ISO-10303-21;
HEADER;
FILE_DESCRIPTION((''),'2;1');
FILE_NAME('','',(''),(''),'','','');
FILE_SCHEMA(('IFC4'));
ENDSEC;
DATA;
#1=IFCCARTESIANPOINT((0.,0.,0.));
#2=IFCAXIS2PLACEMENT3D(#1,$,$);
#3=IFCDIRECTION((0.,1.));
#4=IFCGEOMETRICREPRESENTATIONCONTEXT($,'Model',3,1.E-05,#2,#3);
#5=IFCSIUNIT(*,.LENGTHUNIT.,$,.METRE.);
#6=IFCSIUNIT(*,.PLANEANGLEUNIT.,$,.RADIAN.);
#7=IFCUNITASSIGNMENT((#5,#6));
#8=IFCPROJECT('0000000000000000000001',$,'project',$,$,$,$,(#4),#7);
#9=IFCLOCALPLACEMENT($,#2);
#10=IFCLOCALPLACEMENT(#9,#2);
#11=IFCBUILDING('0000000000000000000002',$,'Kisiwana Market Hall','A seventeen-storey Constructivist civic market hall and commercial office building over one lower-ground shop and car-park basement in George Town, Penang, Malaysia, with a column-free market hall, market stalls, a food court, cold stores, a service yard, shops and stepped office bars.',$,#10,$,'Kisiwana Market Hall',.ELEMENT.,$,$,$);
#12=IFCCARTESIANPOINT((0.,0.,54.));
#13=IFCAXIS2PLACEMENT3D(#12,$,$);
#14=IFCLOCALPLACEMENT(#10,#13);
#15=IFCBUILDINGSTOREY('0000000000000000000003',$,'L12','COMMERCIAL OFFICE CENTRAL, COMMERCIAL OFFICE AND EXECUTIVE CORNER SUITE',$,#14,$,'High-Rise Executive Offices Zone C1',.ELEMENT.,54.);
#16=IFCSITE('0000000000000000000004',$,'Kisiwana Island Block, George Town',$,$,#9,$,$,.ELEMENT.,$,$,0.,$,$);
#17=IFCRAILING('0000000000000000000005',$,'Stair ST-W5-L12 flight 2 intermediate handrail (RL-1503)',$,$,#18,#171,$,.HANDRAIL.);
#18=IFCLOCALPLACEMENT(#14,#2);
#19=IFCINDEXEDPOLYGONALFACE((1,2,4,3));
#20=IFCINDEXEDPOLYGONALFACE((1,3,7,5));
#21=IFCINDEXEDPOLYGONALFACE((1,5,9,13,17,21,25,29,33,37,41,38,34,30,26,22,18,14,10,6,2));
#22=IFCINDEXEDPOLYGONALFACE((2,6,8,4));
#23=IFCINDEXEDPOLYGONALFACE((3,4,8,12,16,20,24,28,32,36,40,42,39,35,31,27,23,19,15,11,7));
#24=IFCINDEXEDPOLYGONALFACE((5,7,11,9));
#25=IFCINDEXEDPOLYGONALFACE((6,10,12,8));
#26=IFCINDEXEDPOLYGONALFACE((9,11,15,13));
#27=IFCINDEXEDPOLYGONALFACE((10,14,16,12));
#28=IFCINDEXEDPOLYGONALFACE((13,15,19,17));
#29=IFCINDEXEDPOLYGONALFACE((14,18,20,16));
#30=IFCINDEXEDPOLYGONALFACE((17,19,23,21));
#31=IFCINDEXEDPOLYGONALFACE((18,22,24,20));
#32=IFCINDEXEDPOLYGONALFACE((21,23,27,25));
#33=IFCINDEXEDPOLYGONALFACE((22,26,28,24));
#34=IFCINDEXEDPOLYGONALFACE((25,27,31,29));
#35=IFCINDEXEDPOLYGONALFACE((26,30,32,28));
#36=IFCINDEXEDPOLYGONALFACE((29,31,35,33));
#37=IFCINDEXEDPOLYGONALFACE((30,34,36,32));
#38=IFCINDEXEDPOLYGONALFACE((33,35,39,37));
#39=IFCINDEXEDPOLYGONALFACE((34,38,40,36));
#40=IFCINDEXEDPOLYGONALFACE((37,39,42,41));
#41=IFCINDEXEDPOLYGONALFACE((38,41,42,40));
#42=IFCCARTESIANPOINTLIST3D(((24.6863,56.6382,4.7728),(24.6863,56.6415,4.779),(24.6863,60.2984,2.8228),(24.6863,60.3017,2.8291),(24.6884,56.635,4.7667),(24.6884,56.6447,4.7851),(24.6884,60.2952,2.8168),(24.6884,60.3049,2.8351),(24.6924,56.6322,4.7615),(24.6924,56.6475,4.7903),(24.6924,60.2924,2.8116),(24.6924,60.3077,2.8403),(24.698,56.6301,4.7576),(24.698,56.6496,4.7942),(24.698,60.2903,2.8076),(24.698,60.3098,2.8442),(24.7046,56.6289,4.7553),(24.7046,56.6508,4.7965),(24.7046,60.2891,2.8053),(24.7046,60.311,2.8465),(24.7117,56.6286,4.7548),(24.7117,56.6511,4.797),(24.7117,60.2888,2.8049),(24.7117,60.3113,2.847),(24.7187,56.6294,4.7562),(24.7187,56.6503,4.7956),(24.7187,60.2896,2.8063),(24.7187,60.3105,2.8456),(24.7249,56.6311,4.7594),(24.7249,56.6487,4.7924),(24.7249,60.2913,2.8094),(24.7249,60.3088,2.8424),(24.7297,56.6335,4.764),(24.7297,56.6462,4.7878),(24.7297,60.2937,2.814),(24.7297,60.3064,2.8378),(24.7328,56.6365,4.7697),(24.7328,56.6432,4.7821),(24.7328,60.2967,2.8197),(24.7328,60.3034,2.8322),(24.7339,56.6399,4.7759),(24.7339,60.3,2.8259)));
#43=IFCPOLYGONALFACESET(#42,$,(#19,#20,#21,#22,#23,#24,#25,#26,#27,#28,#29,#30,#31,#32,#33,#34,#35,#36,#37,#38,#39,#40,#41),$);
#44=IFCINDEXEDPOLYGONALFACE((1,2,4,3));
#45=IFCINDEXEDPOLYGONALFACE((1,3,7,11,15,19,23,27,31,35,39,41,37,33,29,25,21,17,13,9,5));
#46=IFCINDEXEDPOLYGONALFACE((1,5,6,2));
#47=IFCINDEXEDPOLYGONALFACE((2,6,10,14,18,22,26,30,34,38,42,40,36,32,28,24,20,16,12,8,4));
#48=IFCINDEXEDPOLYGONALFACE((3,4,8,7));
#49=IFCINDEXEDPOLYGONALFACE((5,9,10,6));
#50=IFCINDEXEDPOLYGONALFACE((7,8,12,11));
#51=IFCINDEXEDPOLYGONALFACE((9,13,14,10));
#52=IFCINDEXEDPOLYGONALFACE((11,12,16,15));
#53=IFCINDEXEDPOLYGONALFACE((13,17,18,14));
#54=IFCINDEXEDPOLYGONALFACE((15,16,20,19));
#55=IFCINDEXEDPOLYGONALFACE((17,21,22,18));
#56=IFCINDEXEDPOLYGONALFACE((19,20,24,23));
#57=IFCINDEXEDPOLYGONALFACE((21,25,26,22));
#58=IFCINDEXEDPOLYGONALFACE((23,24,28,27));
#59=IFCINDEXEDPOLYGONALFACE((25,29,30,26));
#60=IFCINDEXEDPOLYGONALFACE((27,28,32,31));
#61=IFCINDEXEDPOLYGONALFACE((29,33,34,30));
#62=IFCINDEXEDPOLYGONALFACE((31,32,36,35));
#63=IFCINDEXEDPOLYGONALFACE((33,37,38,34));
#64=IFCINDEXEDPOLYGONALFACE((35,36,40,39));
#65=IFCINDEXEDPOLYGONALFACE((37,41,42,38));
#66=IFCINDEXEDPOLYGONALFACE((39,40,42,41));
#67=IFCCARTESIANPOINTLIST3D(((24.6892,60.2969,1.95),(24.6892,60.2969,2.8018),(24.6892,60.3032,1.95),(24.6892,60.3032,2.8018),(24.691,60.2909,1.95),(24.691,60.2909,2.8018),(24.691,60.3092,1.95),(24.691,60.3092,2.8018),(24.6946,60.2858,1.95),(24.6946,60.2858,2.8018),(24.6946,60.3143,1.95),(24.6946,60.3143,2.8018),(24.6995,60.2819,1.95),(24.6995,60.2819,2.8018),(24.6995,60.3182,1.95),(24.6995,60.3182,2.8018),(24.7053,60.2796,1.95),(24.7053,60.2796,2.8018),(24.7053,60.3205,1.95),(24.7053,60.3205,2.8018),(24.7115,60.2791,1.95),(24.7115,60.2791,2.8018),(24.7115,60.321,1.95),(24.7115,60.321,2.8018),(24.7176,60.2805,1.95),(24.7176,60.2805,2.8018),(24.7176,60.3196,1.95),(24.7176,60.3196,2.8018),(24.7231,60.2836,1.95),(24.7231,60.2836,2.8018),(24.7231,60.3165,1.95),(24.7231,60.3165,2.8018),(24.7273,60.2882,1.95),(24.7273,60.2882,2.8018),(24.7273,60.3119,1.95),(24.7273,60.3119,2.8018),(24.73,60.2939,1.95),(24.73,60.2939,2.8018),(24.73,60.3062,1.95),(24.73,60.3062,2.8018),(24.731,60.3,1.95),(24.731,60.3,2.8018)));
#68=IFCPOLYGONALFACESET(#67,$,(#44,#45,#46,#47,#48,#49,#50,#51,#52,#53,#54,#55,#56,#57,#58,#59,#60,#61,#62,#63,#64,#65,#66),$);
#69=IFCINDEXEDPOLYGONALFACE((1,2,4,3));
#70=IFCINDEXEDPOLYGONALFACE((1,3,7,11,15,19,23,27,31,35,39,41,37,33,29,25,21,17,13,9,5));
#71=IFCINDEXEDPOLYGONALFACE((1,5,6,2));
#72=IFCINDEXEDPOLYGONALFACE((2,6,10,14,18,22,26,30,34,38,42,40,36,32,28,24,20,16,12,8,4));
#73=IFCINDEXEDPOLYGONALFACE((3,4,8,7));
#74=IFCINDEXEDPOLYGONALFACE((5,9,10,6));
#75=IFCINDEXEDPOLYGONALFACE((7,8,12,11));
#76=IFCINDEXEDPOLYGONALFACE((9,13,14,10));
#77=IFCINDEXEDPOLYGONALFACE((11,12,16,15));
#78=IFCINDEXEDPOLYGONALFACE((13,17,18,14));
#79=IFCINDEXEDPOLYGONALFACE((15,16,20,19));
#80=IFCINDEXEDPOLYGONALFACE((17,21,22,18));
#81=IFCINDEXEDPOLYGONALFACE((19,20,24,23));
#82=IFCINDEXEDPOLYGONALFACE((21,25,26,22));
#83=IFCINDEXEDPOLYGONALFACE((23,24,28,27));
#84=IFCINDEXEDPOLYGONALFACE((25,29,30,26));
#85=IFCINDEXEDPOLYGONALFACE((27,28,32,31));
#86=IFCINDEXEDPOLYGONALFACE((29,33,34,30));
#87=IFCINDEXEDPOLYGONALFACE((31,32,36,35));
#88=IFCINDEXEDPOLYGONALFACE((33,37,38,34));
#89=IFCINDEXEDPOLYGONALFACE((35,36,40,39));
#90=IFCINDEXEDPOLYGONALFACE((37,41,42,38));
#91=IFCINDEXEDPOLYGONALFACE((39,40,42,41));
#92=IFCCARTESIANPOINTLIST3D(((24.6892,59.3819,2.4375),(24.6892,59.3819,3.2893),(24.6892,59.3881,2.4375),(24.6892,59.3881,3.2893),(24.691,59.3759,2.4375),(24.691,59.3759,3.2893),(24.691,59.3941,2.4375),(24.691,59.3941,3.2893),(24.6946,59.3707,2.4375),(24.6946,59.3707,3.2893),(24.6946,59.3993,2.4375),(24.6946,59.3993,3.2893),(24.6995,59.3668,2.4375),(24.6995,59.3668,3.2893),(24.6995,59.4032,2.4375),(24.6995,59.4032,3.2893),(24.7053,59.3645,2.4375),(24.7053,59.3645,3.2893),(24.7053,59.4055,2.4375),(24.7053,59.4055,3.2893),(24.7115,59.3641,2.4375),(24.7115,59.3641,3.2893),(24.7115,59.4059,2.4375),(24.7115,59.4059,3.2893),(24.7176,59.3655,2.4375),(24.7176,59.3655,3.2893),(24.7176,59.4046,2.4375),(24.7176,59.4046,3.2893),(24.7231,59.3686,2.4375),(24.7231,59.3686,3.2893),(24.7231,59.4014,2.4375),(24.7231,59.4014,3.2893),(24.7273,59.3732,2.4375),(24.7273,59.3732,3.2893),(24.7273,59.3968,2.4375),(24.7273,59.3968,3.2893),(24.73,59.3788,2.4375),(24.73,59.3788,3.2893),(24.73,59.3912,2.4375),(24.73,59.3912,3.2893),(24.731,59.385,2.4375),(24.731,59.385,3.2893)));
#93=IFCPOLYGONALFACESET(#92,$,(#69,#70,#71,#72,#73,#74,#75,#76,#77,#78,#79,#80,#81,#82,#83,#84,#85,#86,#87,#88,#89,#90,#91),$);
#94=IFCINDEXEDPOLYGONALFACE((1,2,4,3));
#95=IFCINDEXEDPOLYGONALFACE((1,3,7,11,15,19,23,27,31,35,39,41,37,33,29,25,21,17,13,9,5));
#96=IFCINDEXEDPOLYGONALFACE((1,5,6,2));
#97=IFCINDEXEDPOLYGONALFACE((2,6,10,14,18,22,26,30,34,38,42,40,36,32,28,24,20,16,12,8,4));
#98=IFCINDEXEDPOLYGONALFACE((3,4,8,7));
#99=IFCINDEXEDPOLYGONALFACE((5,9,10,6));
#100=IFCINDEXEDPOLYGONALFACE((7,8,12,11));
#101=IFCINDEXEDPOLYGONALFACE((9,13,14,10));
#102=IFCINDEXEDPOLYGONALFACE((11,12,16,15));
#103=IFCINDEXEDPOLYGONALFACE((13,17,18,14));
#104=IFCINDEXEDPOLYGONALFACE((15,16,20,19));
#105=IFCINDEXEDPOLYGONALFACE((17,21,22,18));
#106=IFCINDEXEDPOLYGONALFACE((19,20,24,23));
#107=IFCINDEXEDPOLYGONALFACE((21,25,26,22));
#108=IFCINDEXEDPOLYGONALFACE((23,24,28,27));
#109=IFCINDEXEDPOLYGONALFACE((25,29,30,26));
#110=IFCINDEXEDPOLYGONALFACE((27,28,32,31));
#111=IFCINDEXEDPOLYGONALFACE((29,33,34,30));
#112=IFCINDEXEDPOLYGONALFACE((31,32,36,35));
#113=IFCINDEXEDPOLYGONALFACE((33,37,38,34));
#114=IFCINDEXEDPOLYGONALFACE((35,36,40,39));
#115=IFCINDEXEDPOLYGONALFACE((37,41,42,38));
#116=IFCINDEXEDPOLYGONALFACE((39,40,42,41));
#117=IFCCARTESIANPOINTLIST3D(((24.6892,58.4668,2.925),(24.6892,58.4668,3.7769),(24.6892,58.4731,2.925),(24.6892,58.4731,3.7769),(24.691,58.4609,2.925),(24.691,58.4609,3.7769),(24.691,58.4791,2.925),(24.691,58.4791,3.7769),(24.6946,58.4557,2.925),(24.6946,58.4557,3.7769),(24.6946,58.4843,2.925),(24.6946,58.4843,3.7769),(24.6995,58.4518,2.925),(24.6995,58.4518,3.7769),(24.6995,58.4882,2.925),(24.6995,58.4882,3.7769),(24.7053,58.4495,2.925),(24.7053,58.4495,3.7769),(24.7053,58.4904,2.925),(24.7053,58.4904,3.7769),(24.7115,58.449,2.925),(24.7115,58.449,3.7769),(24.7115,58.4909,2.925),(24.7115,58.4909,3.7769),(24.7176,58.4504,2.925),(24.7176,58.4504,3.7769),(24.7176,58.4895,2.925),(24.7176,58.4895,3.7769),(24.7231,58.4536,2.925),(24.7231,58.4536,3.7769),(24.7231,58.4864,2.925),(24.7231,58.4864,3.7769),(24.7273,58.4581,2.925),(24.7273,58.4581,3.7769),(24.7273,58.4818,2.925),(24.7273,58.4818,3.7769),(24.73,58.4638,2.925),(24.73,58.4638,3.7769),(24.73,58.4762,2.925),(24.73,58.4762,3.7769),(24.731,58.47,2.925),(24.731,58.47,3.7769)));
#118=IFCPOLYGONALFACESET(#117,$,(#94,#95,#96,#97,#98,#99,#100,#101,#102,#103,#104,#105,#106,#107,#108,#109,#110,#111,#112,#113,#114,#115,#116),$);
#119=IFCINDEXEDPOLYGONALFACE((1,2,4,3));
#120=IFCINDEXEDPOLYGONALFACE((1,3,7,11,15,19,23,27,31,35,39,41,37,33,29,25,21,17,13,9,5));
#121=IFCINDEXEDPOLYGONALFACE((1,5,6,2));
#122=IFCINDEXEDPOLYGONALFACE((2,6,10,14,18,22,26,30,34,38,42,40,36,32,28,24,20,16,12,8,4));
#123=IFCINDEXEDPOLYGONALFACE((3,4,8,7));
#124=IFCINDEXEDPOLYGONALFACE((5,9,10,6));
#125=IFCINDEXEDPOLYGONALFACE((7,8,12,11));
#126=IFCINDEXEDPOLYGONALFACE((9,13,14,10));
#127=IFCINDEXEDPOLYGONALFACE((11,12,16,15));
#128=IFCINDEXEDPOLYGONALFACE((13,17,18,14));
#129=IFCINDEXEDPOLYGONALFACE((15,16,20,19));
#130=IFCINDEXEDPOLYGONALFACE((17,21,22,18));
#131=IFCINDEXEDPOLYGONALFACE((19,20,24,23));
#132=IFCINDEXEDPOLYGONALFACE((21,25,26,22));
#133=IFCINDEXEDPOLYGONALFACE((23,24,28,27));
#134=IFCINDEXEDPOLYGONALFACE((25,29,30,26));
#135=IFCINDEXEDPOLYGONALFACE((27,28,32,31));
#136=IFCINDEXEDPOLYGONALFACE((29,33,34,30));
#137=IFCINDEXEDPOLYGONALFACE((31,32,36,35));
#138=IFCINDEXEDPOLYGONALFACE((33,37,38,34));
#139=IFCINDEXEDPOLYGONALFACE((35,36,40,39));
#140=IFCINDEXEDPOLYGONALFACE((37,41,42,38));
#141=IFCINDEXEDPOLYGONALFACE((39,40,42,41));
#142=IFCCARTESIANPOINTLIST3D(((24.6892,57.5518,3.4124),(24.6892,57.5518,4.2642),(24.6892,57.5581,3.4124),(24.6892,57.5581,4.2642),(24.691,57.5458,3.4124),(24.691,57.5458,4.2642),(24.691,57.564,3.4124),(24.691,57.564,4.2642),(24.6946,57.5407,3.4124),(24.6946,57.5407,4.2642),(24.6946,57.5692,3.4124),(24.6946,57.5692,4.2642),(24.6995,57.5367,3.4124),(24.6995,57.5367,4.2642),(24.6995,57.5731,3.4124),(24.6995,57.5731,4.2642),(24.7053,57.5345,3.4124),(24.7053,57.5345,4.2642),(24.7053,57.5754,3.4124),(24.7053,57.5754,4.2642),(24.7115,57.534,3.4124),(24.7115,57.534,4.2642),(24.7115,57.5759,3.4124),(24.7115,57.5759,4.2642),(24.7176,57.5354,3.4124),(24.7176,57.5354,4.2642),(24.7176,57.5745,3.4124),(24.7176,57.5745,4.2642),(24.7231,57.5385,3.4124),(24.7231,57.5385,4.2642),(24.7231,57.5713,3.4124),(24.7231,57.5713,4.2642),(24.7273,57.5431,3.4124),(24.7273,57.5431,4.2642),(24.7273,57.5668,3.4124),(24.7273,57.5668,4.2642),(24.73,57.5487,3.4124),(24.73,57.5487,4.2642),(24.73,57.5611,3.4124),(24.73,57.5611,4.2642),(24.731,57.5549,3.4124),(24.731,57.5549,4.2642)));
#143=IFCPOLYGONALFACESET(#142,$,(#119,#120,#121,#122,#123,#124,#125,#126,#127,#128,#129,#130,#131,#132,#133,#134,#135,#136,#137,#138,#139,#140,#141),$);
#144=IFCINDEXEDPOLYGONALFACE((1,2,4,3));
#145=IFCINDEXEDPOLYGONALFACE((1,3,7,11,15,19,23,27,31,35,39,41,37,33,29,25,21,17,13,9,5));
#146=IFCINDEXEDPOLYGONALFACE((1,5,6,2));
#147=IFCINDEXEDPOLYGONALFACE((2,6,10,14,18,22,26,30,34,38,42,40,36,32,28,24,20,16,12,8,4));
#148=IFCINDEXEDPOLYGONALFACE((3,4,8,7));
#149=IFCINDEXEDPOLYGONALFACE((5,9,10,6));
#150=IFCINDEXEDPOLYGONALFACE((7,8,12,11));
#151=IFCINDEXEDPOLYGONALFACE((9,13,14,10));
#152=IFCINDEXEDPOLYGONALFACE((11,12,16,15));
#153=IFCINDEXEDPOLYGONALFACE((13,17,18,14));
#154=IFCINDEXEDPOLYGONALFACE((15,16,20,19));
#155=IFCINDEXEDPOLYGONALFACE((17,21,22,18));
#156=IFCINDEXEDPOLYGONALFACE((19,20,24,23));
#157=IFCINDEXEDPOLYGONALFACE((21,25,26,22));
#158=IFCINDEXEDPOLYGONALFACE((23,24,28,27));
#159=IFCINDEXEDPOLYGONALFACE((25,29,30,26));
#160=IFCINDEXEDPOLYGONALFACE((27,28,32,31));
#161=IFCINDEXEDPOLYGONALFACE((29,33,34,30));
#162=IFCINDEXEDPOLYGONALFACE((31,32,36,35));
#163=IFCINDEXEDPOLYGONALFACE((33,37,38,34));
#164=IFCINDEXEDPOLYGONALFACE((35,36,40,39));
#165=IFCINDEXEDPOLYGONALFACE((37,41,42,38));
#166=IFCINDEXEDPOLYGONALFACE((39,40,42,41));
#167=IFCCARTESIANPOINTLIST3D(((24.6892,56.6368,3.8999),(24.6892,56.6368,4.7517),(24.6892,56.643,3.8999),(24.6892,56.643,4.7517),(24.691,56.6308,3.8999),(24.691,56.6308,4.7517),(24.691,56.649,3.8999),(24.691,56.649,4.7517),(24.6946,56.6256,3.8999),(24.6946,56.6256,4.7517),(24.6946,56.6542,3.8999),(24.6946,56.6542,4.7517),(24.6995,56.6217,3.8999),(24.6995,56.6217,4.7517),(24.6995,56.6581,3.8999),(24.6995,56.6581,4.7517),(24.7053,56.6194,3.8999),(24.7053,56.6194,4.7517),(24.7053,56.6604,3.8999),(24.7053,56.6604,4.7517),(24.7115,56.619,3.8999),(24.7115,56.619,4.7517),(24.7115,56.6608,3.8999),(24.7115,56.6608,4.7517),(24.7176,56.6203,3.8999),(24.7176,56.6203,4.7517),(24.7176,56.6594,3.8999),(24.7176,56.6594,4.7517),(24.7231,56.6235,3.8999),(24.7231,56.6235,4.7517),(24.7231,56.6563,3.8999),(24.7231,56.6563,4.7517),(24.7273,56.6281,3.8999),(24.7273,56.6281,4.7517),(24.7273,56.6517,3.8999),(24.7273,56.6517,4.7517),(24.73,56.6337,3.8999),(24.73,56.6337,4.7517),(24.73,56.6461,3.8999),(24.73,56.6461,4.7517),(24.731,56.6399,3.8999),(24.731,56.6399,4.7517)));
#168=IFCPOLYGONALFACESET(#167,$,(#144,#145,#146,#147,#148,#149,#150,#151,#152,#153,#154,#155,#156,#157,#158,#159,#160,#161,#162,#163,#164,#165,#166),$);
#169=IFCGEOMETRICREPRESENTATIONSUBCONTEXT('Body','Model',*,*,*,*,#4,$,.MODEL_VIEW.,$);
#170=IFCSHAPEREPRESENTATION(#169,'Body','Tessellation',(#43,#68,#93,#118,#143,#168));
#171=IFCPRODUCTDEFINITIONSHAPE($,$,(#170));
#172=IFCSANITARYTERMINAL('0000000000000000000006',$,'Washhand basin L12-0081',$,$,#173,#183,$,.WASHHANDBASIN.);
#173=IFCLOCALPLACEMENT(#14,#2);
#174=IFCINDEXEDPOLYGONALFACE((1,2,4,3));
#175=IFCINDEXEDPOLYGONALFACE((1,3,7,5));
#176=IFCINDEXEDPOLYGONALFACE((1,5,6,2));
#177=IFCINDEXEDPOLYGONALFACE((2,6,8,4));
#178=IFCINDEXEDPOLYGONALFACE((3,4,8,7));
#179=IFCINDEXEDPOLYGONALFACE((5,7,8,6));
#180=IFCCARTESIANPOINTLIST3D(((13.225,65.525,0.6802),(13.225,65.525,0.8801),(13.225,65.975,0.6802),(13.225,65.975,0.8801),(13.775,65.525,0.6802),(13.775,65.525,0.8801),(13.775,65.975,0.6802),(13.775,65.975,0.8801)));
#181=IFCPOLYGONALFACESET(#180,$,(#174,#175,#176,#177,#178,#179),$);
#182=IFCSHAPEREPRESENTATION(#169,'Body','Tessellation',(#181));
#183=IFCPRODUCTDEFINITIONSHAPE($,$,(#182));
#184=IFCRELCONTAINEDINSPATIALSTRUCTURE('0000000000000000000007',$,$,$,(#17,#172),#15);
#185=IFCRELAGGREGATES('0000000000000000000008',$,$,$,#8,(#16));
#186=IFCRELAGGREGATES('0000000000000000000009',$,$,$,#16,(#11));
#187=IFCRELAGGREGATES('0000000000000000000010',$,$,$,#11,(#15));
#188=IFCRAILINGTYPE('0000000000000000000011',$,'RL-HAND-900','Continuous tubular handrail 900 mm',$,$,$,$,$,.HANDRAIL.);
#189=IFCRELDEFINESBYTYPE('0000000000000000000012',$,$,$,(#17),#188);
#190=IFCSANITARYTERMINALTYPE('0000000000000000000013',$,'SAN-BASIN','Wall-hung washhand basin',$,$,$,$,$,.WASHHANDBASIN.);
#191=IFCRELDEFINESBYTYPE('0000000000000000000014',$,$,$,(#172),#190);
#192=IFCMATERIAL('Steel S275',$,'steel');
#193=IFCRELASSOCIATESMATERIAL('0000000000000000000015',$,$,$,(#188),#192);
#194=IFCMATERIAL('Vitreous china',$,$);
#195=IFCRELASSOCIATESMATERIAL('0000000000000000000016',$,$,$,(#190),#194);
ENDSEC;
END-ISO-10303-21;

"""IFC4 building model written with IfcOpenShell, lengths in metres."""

from ifc_helpers import new_model, si_unit, direction, frame, origin, origin_2d, place, context, subcontext, project, spatial, rectangle, circle, extrude, material, type_object, element, save


model = new_model("IFC4")

# Units and contexts
model_context = context("Model", 3, precision=1e-05, world=origin(), true_north=direction((0.0, 1.0)))
body_context = subcontext(model_context, "Body", "Model", "MODEL_VIEW")
ifc_project = project(units=[si_unit("LENGTHUNIT", "METRE"), si_unit("PLANEANGLEUNIT", "RADIAN")], contexts=[model_context])

# Site, building, storey
site_placement = place(None, origin())
site = spatial("IfcSite", under=ifc_project, at=site_placement, Name="Kisiwana Island Block, George Town", CompositionType="ELEMENT", RefElevation=0.0)
building_placement = place(site_placement, origin())
building = spatial("IfcBuilding", under=site, at=building_placement, Name="Kisiwana Market Hall", Description="A seventeen-storey Constructivist civic market hall and commercial office building over one lower-ground shop and car-park basement in George Town, Penang, Malaysia, with a column-free market hall, market stalls, a food court, cold stores, a service yard, shops and stepped office bars.", LongName="Kisiwana Market Hall", CompositionType="ELEMENT")
storey_placement = place(building_placement, frame((0.0, 0.0, 54.0)))
storey = spatial("IfcBuildingStorey", under=building, at=storey_placement, Name="L12", Description="COMMERCIAL OFFICE CENTRAL, COMMERCIAL OFFICE AND EXECUTIVE CORNER SUITE", LongName="High-Rise Executive Offices Zone C1", CompositionType="ELEMENT", Elevation=54.0)

# Railing
ifc_material_1 = material(Name="Steel S275", Category="steel")
railing_type_1 = type_object("IfcRailingType", Name="RL-HAND-900", Description="Continuous tubular handrail 900 mm", PredefinedType="HANDRAIL", material=ifc_material_1)
railing_1_placement = place(storey_placement, frame((24.71, 60.3, 1.95)))
element("IfcRailing", 1, at=railing_1_placement, inside=storey, type_object=railing_type_1, Name="Stair ST-W5-L12 flight 2 intermediate handrail (RL-1503)", PredefinedType="HANDRAIL", context=body_context, shape_type="SweptSolid", body=[
    extrude(circle(Radius=0.0239, at=origin_2d()), frame((0.0, 0.0, 0.876), z_axis=(0.0, -0.882566, 0.470188), x_axis=(1.0, 0.0, 0.0)), (0.0, 0.0, 1.0), 4.1472),
    extrude(circle(Radius=0.021, at=origin_2d()), origin(), (0.0, 0.0, 1.0), 0.8518),
    extrude(circle(Radius=0.021, at=origin_2d()), frame((0.0, -0.915, 0.4875)), (0.0, 0.0, 1.0), 0.8518),
    extrude(circle(Radius=0.021, at=origin_2d()), frame((0.0, -1.8301, 0.9751)), (0.0, 0.0, 1.0), 0.8518),
    extrude(circle(Radius=0.021, at=origin_2d()), frame((0.0, -2.7451, 1.4624)), (0.0, 0.0, 1.0), 0.8518),
    extrude(circle(Radius=0.021, at=origin_2d()), frame((0.0, -3.6602, 1.95)), (0.0, 0.0, 1.0), 0.8518),
])

# Sanitary terminal
ifc_material_2 = material(Name="Vitreous china")
sanitary_terminal_type = type_object("IfcSanitaryTerminalType", Name="SAN-BASIN", Description="Wall-hung washhand basin", PredefinedType="WASHHANDBASIN", material=ifc_material_2)
sanitary_terminal_placement = place(storey_placement, frame((13.5, 65.75, 0.6802), z_axis=(0.0, 0.0, 1.0), x_axis=(1.0, 0.0, 0.0)))
element("IfcSanitaryTerminal", 2, at=sanitary_terminal_placement, inside=storey, type_object=sanitary_terminal_type, Name="Washhand basin L12-0081", PredefinedType="WASHHANDBASIN", context=body_context, shape_type="SweptSolid", body=[
    extrude(rectangle(XDim=0.55, YDim=0.45, at=origin_2d()), origin(), (0.0, 0.0, 1.0), 0.2),
])

save(model, "model.ifc")
